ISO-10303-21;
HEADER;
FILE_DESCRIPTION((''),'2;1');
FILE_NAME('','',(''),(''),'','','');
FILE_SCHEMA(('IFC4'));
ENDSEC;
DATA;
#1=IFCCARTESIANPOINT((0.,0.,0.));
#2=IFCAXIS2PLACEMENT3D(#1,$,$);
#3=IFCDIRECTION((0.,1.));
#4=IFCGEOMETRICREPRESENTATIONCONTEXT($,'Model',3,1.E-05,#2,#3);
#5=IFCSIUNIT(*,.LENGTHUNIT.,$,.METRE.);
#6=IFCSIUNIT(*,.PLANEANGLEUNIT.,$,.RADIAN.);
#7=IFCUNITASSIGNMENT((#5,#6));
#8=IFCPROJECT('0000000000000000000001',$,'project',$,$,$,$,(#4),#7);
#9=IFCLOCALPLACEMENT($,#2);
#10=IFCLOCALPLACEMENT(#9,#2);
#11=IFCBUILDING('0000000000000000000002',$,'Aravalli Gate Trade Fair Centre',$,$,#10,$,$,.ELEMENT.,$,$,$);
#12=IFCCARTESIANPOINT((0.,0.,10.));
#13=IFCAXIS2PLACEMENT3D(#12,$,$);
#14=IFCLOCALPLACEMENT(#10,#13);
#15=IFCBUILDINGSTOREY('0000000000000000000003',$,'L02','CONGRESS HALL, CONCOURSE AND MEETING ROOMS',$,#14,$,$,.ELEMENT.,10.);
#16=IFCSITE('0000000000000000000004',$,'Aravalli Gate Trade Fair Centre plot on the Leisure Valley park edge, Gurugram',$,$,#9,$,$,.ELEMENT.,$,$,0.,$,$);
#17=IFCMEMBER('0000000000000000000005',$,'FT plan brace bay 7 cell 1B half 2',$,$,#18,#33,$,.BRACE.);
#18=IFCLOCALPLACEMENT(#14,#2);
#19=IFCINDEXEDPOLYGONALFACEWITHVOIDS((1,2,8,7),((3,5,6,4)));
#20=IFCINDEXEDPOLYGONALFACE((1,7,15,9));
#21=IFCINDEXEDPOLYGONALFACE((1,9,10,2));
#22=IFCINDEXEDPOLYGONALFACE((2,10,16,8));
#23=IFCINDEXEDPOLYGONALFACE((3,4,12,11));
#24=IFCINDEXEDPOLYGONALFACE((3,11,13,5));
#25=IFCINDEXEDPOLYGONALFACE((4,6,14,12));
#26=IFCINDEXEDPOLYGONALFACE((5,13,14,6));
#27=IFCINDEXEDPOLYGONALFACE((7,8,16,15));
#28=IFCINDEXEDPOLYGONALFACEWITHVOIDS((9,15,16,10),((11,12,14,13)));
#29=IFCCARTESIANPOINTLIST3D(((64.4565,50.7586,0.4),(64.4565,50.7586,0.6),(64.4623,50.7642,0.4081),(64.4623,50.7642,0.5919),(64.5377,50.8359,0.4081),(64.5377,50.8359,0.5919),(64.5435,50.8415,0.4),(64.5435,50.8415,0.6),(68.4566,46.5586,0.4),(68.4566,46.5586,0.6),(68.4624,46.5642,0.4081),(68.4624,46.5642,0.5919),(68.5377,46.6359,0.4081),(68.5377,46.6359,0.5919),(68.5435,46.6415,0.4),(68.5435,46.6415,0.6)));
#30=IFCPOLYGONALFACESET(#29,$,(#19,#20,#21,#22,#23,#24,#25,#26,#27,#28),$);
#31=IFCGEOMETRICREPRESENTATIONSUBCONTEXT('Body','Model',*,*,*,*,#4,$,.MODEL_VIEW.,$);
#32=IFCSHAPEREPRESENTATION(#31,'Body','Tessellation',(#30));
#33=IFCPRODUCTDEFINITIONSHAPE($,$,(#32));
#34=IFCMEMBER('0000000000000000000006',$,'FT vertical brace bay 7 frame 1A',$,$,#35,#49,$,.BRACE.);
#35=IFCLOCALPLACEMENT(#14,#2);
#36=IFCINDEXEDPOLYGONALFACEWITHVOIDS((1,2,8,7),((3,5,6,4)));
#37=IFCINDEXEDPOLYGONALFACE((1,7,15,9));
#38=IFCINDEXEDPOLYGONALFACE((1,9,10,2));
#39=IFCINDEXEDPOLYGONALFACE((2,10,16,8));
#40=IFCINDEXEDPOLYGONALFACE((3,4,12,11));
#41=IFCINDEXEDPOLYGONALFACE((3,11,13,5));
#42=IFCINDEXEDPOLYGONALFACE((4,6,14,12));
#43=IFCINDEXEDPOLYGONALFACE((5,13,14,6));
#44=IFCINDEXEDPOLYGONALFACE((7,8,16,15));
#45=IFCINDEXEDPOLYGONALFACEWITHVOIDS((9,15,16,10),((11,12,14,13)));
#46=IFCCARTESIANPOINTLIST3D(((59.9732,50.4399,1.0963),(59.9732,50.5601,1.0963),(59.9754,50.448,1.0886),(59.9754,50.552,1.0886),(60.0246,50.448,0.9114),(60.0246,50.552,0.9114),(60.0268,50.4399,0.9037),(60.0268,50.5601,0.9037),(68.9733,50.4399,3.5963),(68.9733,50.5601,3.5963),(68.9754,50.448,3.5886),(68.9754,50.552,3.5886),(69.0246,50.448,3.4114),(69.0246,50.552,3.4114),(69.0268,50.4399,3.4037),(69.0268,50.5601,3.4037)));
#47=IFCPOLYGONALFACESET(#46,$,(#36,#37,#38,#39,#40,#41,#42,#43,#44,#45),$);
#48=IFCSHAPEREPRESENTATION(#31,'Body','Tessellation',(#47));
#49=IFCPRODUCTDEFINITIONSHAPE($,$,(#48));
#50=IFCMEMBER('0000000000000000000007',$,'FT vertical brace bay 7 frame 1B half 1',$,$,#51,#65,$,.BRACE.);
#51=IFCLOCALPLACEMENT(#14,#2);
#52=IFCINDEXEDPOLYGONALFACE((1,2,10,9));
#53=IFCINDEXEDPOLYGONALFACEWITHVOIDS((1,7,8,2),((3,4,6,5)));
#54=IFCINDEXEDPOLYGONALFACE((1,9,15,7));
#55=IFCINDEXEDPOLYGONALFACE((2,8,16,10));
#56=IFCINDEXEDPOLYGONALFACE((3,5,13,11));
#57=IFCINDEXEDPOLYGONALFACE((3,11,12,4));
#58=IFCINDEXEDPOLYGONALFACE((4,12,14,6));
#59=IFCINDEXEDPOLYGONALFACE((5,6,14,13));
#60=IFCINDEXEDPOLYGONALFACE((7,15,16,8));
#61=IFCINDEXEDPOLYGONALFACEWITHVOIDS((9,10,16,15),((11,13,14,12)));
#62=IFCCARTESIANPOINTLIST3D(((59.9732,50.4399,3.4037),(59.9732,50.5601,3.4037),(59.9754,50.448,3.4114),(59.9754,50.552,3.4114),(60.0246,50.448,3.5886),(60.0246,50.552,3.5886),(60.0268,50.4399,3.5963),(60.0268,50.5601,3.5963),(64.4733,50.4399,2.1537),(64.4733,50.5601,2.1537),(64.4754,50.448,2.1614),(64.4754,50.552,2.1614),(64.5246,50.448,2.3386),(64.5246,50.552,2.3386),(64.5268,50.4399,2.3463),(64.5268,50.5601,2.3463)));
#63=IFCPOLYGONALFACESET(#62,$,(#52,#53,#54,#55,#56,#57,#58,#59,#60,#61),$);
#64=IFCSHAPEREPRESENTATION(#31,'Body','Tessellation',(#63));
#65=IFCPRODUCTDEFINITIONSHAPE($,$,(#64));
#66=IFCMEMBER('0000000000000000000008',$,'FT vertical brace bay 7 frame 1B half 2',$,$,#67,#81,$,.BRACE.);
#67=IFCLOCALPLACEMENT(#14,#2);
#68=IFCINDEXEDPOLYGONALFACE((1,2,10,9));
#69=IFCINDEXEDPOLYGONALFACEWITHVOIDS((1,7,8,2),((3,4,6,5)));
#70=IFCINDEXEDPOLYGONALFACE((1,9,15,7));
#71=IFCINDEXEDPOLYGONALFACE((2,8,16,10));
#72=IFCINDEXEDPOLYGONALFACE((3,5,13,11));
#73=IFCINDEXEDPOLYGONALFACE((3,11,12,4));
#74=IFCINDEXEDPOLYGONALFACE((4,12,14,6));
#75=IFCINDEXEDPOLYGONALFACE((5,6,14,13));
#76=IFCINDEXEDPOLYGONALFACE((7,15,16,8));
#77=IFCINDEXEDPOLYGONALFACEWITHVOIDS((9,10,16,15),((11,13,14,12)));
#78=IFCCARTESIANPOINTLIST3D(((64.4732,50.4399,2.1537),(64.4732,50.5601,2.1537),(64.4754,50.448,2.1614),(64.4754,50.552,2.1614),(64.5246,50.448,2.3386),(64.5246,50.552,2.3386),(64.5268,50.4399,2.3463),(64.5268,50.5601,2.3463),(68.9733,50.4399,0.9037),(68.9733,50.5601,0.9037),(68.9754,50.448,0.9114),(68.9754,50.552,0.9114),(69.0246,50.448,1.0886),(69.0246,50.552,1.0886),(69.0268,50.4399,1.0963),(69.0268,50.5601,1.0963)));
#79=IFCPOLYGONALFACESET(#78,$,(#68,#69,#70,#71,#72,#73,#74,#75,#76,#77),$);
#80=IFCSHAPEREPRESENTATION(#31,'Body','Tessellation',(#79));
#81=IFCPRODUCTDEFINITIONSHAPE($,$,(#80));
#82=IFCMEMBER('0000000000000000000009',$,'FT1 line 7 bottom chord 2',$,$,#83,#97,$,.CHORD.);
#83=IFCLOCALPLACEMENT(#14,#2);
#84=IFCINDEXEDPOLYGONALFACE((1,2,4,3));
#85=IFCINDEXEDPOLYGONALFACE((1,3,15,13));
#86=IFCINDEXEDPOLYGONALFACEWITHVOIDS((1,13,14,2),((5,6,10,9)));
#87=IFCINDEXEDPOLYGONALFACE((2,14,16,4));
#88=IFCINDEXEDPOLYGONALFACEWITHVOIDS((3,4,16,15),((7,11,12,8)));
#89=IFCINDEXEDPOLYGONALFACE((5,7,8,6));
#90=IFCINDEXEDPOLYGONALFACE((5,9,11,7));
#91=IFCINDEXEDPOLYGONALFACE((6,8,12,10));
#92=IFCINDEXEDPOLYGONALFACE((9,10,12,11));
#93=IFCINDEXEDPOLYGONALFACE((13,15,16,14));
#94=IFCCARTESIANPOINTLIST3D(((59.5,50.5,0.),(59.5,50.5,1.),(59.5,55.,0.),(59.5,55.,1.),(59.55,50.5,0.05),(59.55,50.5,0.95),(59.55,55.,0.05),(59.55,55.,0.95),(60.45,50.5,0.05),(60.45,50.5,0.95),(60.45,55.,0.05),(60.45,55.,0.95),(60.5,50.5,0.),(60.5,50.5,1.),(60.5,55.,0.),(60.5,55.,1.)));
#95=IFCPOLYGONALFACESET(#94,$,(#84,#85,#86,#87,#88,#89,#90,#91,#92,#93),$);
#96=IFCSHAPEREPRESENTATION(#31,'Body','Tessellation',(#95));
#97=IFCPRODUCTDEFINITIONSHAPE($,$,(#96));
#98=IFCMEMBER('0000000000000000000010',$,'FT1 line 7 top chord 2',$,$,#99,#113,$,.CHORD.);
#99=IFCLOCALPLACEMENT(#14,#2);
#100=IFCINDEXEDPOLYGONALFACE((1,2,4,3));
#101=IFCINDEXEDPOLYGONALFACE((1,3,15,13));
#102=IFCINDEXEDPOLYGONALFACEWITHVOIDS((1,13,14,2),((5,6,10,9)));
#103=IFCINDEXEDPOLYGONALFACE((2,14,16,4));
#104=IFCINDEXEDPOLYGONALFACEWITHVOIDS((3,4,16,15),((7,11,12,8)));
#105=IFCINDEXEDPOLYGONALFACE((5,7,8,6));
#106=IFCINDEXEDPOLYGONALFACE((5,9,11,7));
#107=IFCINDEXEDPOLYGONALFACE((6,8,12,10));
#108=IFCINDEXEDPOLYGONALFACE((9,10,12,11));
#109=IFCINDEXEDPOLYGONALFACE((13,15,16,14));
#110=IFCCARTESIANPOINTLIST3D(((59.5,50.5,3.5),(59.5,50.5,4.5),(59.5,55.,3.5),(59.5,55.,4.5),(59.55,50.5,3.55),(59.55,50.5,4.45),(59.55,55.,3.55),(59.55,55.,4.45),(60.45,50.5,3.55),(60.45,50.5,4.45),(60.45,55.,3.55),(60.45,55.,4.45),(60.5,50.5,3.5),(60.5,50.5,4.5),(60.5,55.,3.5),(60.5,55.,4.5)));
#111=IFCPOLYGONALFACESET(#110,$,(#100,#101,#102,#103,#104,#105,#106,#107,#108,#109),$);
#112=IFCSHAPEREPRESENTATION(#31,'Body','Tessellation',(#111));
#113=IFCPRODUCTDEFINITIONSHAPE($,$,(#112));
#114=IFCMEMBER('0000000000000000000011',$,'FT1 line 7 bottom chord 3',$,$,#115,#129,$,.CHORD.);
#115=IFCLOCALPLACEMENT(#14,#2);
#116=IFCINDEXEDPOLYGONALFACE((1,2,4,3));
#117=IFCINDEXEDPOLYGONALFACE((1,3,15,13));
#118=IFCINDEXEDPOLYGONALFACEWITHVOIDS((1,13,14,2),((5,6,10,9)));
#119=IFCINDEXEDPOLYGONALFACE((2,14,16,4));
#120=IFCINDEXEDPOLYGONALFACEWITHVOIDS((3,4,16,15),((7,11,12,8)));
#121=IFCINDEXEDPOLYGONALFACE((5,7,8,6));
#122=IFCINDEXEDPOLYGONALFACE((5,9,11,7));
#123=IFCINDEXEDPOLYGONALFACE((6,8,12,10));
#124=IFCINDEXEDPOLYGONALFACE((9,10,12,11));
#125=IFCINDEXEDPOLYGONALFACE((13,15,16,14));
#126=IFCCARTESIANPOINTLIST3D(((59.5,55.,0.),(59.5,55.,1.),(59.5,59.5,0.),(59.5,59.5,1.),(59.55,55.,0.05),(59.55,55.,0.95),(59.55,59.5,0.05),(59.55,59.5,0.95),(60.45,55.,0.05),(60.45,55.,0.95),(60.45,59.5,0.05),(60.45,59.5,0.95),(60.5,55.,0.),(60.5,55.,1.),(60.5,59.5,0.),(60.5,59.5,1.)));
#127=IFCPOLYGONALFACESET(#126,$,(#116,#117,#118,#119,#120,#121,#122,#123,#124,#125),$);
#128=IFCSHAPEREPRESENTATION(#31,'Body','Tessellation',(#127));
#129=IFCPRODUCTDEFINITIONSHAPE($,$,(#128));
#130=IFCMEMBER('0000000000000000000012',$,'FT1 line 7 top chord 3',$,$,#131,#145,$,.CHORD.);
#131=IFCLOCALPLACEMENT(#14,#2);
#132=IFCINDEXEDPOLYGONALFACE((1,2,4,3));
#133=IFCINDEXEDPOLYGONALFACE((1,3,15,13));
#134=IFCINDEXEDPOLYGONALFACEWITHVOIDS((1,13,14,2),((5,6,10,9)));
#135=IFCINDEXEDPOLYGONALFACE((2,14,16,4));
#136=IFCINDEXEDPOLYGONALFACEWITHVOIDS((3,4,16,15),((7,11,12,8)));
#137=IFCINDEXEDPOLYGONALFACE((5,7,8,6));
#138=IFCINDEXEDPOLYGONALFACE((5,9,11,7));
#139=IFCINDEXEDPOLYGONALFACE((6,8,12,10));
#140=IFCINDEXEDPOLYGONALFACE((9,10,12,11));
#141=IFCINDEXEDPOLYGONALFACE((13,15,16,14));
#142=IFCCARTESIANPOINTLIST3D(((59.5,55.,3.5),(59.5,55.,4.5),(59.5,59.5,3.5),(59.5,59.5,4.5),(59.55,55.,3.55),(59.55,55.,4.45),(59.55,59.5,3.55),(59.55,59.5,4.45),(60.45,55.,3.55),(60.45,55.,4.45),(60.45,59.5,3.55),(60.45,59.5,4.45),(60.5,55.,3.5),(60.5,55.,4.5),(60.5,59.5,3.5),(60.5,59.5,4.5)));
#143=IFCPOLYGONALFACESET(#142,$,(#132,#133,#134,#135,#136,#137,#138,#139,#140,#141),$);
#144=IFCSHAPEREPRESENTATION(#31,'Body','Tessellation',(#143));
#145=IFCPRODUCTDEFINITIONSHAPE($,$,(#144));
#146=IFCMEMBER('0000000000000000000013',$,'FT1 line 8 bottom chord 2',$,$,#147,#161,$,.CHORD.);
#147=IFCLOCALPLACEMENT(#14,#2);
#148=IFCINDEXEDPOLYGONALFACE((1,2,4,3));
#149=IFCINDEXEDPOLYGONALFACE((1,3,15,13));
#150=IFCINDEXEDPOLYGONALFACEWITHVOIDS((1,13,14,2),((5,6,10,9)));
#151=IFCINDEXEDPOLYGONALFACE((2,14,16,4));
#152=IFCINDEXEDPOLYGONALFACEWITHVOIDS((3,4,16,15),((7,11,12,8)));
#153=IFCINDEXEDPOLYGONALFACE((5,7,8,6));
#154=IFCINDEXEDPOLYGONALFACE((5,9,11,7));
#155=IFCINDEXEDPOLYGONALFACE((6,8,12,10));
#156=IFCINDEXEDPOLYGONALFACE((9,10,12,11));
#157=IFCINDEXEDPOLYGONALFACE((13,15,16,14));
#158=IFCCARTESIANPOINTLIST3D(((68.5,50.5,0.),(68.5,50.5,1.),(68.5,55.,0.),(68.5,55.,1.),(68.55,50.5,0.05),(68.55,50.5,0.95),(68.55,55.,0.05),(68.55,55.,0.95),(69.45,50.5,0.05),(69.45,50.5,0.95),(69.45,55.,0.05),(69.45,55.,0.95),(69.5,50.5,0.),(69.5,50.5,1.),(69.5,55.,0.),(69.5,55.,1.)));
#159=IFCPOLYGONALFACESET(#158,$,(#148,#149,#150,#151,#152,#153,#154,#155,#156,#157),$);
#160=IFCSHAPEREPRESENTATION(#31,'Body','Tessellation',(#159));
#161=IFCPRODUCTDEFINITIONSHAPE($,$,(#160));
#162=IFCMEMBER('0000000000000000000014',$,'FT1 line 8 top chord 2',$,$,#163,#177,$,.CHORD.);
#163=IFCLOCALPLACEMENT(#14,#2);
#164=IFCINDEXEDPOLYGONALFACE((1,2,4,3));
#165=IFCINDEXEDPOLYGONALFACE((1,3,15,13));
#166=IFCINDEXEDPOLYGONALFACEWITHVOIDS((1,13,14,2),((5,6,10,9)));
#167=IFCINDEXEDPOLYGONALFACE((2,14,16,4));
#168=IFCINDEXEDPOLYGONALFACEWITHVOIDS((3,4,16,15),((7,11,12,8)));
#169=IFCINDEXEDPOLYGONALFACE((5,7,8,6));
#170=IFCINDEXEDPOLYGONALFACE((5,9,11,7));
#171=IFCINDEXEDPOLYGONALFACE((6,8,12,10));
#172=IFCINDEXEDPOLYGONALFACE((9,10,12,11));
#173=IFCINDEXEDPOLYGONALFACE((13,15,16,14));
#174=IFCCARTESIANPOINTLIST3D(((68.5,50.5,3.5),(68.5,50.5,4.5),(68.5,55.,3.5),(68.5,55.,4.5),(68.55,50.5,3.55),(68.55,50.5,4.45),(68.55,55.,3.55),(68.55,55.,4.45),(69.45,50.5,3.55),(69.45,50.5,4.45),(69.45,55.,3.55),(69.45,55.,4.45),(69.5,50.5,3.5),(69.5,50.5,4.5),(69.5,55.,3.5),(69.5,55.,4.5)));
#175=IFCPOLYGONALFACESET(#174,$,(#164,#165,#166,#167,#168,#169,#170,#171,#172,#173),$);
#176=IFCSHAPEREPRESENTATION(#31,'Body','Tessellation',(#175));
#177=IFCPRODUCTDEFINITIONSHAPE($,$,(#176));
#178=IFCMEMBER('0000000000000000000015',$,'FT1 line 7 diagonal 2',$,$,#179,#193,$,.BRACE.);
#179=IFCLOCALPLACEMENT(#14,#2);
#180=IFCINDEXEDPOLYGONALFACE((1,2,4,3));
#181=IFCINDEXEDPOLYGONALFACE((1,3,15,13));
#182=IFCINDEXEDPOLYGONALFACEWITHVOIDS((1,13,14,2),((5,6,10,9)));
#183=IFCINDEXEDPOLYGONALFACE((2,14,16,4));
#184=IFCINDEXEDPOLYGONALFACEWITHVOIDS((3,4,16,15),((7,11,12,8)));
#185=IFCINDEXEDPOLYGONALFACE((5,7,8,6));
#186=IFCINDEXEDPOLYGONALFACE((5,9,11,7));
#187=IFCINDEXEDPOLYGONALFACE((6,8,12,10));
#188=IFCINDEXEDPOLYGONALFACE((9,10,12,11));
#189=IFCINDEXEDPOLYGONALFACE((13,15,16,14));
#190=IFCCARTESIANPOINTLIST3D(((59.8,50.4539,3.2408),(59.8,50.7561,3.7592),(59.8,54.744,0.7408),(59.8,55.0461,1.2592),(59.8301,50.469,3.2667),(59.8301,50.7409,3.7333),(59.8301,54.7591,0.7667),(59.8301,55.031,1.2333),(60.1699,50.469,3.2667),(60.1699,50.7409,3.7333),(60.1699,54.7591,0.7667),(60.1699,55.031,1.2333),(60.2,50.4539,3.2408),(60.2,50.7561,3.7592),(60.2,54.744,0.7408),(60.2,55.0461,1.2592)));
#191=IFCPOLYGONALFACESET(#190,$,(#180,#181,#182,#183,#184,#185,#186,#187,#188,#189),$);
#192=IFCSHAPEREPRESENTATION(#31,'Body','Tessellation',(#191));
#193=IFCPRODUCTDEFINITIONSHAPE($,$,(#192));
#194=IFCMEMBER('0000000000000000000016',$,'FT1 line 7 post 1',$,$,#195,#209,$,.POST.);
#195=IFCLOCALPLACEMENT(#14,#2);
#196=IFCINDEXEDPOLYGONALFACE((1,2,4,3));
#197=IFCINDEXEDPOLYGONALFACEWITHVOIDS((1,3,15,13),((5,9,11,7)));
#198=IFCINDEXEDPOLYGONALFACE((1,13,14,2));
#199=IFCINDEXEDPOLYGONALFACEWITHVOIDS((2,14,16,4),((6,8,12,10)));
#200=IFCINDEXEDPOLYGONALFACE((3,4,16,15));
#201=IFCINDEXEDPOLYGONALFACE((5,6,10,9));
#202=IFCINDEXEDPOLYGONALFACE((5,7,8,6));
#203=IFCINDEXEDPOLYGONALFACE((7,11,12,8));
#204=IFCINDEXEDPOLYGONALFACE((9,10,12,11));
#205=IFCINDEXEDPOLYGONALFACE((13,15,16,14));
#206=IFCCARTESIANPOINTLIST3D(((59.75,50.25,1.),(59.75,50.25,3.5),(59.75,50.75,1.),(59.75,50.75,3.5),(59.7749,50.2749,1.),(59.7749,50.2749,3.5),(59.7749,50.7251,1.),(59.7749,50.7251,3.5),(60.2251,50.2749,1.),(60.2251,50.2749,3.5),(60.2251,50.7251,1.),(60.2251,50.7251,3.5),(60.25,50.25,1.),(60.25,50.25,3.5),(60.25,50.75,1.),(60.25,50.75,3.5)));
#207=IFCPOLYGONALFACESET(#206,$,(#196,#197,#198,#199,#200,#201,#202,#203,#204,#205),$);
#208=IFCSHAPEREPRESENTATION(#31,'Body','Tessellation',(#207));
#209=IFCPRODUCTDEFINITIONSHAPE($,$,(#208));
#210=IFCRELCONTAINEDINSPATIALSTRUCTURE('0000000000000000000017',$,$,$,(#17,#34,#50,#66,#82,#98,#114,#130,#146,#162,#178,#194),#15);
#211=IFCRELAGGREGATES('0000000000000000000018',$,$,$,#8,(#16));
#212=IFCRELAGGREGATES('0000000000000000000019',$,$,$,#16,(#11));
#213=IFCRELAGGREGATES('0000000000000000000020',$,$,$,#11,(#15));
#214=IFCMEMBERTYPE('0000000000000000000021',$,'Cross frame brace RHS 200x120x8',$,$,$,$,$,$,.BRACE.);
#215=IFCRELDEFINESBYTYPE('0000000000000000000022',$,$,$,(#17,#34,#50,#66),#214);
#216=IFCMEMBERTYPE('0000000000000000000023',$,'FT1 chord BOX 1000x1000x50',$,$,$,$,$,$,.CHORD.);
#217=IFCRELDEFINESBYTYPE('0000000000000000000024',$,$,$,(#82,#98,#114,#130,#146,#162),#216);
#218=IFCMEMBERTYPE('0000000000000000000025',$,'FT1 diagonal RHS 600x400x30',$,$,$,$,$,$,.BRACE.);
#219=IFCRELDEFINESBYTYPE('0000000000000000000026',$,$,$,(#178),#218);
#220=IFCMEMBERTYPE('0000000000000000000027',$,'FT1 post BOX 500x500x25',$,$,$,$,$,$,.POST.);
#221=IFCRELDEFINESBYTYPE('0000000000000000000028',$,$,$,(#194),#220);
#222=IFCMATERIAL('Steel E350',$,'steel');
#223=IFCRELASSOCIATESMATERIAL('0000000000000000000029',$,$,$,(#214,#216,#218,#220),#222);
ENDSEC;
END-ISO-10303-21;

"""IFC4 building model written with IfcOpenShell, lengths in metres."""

from ifc_helpers import new_model, si_unit, direction, frame, origin, origin_2d, place, context, subcontext, project, spatial, hollow_rectangle, extrude, material, material_profile, profile_set, type_object, element, save


model = new_model("IFC4")

# Units and contexts
model_context = context("Model", 3, precision=1e-05, world=origin(), true_north=direction((0.0, 1.0)))
body_context = subcontext(model_context, "Body", "Model", "MODEL_VIEW")
ifc_project = project(units=[si_unit("LENGTHUNIT", "METRE"), si_unit("PLANEANGLEUNIT", "RADIAN")], contexts=[model_context])

# Site, building, storey
site_placement = place(None, origin())
site = spatial("IfcSite", under=ifc_project, at=site_placement, Name="Aravalli Gate Trade Fair Centre plot on the Leisure Valley park edge, Gurugram", CompositionType="ELEMENT", RefElevation=0.0)
building_placement = place(site_placement, origin())
building = spatial("IfcBuilding", under=site, at=building_placement, Name="Aravalli Gate Trade Fair Centre", CompositionType="ELEMENT")
storey_placement = place(building_placement, frame((0.0, 0.0, 10.0)))
storey = spatial("IfcBuildingStorey", under=building, at=storey_placement, Name="L02", Description="CONGRESS HALL, CONCOURSE AND MEETING ROOMS", CompositionType="ELEMENT", Elevation=10.0)

# Members
ifc_material = material(Name="Steel E350", Category="steel")
ifc_material_profile_1 = material_profile(ifc_material, hollow_rectangle(XDim=0.1201, YDim=0.2, WallThickness=0.0081, at=origin_2d()), Name="RHS 200x120x8")
ifc_profile_set_1 = profile_set([ifc_material_profile_1], Name="Steel E350")
member_type_1 = type_object("IfcMemberType", Name="Cross frame brace RHS 200x120x8", PredefinedType="BRACE", material=ifc_profile_set_1)
member_1_placement = place(storey_placement, frame((64.5, 50.8, 0.5), z_axis=(0.689659, -0.724134, 0.0), x_axis=(0.724134, 0.689659, 0.0)))
element("IfcMember", 1, at=member_1_placement, inside=storey, type_object=member_type_1, Name="FT plan brace bay 7 cell 1B half 2", PredefinedType="BRACE", context=body_context, shape_type="SweptSolid", body=[
    extrude(hollow_rectangle(XDim=0.1201, YDim=0.2, WallThickness=0.0081, at=origin_2d()), origin(), (0.0, 0.0, 1.0), 5.8),
])
member_2_placement = place(storey_placement, frame((60.0, 50.5, 1.0), z_axis=(0.963518, 0.0, 0.267644), x_axis=(0.0, 1.0, 0.0)))
element("IfcMember", 2, at=member_2_placement, inside=storey, type_object=member_type_1, Name="FT vertical brace bay 7 frame 1A", PredefinedType="BRACE", context=body_context, shape_type="SweptSolid", body=[
    extrude(hollow_rectangle(XDim=0.1201, YDim=0.2, WallThickness=0.0081, at=origin_2d()), origin(), (0.0, 0.0, 1.0), 9.3408),
])
for number, where, z_axis, x_axis, name in (
    (3, (60.0, 50.5, 3.5), (0.963518, 0.0, -0.267644), (0.0, 1.0, 0.0), "FT vertical brace bay 7 frame 1B half 1"),
    (4, (64.5, 50.5, 2.25), (0.963518, 0.0, -0.267644), (0.0, 1.0, 0.0), "FT vertical brace bay 7 frame 1B half 2"),
):
    element("IfcMember", number, at=place(storey_placement, frame(where, z_axis=z_axis, x_axis=x_axis)), inside=storey, type_object=member_type_1, Name=name, PredefinedType="BRACE", context=body_context, shape_type="SweptSolid", body=[
        extrude(hollow_rectangle(XDim=0.1201, YDim=0.2, WallThickness=0.0081, at=origin_2d()), origin(), (0.0, 0.0, 1.0), 4.6704),
    ])
ifc_material_profile_2 = material_profile(ifc_material, hollow_rectangle(XDim=1.0, YDim=1.0, WallThickness=0.05, at=origin_2d()), Name="BOX 1000x1000x50")
ifc_profile_set_2 = profile_set([ifc_material_profile_2], Name="Steel E350")
member_type_2 = type_object("IfcMemberType", Name="FT1 chord BOX 1000x1000x50", PredefinedType="CHORD", material=ifc_profile_set_2)
for number, where, z_axis, x_axis, name in (
    (5, (60.0, 50.5, 0.5), (0.0, 1.0, 0.0), (-1.0, 0.0, 0.0), "FT1 line 7 bottom chord 2"),
    (6, (60.0, 50.5, 4.0), (0.0, 1.0, 0.0), (-1.0, 0.0, 0.0), "FT1 line 7 top chord 2"),
    (7, (60.0, 55.0, 0.5), (0.0, 1.0, 0.0), (-1.0, 0.0, 0.0), "FT1 line 7 bottom chord 3"),
    (8, (60.0, 55.0, 4.0), (0.0, 1.0, 0.0), (-1.0, 0.0, 0.0), "FT1 line 7 top chord 3"),
    (9, (69.0, 50.5, 0.5), (0.0, 1.0, 0.0), (-1.0, 0.0, 0.0), "FT1 line 8 bottom chord 2"),
    (10, (69.0, 50.5, 4.0), (0.0, 1.0, 0.0), (-1.0, 0.0, 0.0), "FT1 line 8 top chord 2"),
):
    element("IfcMember", number, at=place(storey_placement, frame(where, z_axis=z_axis, x_axis=x_axis)), inside=storey, type_object=member_type_2, Name=name, PredefinedType="CHORD", context=body_context, shape_type="SweptSolid", body=[
        extrude(hollow_rectangle(XDim=1.0, YDim=1.0, WallThickness=0.05, at=origin_2d()), origin(), (0.0, 0.0, 1.0), 4.5),
    ])
ifc_material_profile_3 = material_profile(ifc_material, hollow_rectangle(XDim=0.3999, YDim=0.6001, WallThickness=0.03, at=origin_2d()), Name="RHS 600x400x30")
ifc_profile_set_3 = profile_set([ifc_material_profile_3], Name="Steel E350")
member_type_3 = type_object("IfcMemberType", Name="FT1 diagonal RHS 600x400x30", PredefinedType="BRACE", material=ifc_profile_set_3)
member_3_placement = place(storey_placement, frame((60.0, 50.605, 3.5), z_axis=(0.0, 0.864, -0.503492), x_axis=(-1.0, 0.0, 0.0)))
element("IfcMember", 11, at=member_3_placement, inside=storey, type_object=member_type_3, Name="FT1 line 7 diagonal 2", PredefinedType="BRACE", context=body_context, shape_type="SweptSolid", body=[
    extrude(hollow_rectangle(XDim=0.3999, YDim=0.6001, WallThickness=0.03, at=origin_2d()), origin(), (0.0, 0.0, 1.0), 4.9653),
])
ifc_material_profile_4 = material_profile(ifc_material, hollow_rectangle(XDim=0.5, YDim=0.5, WallThickness=0.0249, at=origin_2d()), Name="BOX 500x500x25")
ifc_profile_set_4 = profile_set([ifc_material_profile_4], Name="Steel E350")
member_type_4 = type_object("IfcMemberType", Name="FT1 post BOX 500x500x25", PredefinedType="POST", material=ifc_profile_set_4)
for number, where, z_axis, x_axis, name in (
    (12, (60.0, 50.5, 1.0), (0.0, 0.0, 1.0), (1.0, 0.0, 0.0), "FT1 line 7 post 1"),
):
    element("IfcMember", number, at=place(storey_placement, frame(where, z_axis=z_axis, x_axis=x_axis)), inside=storey, type_object=member_type_4, Name=name, PredefinedType="POST", context=body_context, shape_type="SweptSolid", body=[
        extrude(hollow_rectangle(XDim=0.5, YDim=0.5, WallThickness=0.0249, at=origin_2d()), origin(), (0.0, 0.0, 1.0), 2.5),
    ])

save(model, "model.ifc")
